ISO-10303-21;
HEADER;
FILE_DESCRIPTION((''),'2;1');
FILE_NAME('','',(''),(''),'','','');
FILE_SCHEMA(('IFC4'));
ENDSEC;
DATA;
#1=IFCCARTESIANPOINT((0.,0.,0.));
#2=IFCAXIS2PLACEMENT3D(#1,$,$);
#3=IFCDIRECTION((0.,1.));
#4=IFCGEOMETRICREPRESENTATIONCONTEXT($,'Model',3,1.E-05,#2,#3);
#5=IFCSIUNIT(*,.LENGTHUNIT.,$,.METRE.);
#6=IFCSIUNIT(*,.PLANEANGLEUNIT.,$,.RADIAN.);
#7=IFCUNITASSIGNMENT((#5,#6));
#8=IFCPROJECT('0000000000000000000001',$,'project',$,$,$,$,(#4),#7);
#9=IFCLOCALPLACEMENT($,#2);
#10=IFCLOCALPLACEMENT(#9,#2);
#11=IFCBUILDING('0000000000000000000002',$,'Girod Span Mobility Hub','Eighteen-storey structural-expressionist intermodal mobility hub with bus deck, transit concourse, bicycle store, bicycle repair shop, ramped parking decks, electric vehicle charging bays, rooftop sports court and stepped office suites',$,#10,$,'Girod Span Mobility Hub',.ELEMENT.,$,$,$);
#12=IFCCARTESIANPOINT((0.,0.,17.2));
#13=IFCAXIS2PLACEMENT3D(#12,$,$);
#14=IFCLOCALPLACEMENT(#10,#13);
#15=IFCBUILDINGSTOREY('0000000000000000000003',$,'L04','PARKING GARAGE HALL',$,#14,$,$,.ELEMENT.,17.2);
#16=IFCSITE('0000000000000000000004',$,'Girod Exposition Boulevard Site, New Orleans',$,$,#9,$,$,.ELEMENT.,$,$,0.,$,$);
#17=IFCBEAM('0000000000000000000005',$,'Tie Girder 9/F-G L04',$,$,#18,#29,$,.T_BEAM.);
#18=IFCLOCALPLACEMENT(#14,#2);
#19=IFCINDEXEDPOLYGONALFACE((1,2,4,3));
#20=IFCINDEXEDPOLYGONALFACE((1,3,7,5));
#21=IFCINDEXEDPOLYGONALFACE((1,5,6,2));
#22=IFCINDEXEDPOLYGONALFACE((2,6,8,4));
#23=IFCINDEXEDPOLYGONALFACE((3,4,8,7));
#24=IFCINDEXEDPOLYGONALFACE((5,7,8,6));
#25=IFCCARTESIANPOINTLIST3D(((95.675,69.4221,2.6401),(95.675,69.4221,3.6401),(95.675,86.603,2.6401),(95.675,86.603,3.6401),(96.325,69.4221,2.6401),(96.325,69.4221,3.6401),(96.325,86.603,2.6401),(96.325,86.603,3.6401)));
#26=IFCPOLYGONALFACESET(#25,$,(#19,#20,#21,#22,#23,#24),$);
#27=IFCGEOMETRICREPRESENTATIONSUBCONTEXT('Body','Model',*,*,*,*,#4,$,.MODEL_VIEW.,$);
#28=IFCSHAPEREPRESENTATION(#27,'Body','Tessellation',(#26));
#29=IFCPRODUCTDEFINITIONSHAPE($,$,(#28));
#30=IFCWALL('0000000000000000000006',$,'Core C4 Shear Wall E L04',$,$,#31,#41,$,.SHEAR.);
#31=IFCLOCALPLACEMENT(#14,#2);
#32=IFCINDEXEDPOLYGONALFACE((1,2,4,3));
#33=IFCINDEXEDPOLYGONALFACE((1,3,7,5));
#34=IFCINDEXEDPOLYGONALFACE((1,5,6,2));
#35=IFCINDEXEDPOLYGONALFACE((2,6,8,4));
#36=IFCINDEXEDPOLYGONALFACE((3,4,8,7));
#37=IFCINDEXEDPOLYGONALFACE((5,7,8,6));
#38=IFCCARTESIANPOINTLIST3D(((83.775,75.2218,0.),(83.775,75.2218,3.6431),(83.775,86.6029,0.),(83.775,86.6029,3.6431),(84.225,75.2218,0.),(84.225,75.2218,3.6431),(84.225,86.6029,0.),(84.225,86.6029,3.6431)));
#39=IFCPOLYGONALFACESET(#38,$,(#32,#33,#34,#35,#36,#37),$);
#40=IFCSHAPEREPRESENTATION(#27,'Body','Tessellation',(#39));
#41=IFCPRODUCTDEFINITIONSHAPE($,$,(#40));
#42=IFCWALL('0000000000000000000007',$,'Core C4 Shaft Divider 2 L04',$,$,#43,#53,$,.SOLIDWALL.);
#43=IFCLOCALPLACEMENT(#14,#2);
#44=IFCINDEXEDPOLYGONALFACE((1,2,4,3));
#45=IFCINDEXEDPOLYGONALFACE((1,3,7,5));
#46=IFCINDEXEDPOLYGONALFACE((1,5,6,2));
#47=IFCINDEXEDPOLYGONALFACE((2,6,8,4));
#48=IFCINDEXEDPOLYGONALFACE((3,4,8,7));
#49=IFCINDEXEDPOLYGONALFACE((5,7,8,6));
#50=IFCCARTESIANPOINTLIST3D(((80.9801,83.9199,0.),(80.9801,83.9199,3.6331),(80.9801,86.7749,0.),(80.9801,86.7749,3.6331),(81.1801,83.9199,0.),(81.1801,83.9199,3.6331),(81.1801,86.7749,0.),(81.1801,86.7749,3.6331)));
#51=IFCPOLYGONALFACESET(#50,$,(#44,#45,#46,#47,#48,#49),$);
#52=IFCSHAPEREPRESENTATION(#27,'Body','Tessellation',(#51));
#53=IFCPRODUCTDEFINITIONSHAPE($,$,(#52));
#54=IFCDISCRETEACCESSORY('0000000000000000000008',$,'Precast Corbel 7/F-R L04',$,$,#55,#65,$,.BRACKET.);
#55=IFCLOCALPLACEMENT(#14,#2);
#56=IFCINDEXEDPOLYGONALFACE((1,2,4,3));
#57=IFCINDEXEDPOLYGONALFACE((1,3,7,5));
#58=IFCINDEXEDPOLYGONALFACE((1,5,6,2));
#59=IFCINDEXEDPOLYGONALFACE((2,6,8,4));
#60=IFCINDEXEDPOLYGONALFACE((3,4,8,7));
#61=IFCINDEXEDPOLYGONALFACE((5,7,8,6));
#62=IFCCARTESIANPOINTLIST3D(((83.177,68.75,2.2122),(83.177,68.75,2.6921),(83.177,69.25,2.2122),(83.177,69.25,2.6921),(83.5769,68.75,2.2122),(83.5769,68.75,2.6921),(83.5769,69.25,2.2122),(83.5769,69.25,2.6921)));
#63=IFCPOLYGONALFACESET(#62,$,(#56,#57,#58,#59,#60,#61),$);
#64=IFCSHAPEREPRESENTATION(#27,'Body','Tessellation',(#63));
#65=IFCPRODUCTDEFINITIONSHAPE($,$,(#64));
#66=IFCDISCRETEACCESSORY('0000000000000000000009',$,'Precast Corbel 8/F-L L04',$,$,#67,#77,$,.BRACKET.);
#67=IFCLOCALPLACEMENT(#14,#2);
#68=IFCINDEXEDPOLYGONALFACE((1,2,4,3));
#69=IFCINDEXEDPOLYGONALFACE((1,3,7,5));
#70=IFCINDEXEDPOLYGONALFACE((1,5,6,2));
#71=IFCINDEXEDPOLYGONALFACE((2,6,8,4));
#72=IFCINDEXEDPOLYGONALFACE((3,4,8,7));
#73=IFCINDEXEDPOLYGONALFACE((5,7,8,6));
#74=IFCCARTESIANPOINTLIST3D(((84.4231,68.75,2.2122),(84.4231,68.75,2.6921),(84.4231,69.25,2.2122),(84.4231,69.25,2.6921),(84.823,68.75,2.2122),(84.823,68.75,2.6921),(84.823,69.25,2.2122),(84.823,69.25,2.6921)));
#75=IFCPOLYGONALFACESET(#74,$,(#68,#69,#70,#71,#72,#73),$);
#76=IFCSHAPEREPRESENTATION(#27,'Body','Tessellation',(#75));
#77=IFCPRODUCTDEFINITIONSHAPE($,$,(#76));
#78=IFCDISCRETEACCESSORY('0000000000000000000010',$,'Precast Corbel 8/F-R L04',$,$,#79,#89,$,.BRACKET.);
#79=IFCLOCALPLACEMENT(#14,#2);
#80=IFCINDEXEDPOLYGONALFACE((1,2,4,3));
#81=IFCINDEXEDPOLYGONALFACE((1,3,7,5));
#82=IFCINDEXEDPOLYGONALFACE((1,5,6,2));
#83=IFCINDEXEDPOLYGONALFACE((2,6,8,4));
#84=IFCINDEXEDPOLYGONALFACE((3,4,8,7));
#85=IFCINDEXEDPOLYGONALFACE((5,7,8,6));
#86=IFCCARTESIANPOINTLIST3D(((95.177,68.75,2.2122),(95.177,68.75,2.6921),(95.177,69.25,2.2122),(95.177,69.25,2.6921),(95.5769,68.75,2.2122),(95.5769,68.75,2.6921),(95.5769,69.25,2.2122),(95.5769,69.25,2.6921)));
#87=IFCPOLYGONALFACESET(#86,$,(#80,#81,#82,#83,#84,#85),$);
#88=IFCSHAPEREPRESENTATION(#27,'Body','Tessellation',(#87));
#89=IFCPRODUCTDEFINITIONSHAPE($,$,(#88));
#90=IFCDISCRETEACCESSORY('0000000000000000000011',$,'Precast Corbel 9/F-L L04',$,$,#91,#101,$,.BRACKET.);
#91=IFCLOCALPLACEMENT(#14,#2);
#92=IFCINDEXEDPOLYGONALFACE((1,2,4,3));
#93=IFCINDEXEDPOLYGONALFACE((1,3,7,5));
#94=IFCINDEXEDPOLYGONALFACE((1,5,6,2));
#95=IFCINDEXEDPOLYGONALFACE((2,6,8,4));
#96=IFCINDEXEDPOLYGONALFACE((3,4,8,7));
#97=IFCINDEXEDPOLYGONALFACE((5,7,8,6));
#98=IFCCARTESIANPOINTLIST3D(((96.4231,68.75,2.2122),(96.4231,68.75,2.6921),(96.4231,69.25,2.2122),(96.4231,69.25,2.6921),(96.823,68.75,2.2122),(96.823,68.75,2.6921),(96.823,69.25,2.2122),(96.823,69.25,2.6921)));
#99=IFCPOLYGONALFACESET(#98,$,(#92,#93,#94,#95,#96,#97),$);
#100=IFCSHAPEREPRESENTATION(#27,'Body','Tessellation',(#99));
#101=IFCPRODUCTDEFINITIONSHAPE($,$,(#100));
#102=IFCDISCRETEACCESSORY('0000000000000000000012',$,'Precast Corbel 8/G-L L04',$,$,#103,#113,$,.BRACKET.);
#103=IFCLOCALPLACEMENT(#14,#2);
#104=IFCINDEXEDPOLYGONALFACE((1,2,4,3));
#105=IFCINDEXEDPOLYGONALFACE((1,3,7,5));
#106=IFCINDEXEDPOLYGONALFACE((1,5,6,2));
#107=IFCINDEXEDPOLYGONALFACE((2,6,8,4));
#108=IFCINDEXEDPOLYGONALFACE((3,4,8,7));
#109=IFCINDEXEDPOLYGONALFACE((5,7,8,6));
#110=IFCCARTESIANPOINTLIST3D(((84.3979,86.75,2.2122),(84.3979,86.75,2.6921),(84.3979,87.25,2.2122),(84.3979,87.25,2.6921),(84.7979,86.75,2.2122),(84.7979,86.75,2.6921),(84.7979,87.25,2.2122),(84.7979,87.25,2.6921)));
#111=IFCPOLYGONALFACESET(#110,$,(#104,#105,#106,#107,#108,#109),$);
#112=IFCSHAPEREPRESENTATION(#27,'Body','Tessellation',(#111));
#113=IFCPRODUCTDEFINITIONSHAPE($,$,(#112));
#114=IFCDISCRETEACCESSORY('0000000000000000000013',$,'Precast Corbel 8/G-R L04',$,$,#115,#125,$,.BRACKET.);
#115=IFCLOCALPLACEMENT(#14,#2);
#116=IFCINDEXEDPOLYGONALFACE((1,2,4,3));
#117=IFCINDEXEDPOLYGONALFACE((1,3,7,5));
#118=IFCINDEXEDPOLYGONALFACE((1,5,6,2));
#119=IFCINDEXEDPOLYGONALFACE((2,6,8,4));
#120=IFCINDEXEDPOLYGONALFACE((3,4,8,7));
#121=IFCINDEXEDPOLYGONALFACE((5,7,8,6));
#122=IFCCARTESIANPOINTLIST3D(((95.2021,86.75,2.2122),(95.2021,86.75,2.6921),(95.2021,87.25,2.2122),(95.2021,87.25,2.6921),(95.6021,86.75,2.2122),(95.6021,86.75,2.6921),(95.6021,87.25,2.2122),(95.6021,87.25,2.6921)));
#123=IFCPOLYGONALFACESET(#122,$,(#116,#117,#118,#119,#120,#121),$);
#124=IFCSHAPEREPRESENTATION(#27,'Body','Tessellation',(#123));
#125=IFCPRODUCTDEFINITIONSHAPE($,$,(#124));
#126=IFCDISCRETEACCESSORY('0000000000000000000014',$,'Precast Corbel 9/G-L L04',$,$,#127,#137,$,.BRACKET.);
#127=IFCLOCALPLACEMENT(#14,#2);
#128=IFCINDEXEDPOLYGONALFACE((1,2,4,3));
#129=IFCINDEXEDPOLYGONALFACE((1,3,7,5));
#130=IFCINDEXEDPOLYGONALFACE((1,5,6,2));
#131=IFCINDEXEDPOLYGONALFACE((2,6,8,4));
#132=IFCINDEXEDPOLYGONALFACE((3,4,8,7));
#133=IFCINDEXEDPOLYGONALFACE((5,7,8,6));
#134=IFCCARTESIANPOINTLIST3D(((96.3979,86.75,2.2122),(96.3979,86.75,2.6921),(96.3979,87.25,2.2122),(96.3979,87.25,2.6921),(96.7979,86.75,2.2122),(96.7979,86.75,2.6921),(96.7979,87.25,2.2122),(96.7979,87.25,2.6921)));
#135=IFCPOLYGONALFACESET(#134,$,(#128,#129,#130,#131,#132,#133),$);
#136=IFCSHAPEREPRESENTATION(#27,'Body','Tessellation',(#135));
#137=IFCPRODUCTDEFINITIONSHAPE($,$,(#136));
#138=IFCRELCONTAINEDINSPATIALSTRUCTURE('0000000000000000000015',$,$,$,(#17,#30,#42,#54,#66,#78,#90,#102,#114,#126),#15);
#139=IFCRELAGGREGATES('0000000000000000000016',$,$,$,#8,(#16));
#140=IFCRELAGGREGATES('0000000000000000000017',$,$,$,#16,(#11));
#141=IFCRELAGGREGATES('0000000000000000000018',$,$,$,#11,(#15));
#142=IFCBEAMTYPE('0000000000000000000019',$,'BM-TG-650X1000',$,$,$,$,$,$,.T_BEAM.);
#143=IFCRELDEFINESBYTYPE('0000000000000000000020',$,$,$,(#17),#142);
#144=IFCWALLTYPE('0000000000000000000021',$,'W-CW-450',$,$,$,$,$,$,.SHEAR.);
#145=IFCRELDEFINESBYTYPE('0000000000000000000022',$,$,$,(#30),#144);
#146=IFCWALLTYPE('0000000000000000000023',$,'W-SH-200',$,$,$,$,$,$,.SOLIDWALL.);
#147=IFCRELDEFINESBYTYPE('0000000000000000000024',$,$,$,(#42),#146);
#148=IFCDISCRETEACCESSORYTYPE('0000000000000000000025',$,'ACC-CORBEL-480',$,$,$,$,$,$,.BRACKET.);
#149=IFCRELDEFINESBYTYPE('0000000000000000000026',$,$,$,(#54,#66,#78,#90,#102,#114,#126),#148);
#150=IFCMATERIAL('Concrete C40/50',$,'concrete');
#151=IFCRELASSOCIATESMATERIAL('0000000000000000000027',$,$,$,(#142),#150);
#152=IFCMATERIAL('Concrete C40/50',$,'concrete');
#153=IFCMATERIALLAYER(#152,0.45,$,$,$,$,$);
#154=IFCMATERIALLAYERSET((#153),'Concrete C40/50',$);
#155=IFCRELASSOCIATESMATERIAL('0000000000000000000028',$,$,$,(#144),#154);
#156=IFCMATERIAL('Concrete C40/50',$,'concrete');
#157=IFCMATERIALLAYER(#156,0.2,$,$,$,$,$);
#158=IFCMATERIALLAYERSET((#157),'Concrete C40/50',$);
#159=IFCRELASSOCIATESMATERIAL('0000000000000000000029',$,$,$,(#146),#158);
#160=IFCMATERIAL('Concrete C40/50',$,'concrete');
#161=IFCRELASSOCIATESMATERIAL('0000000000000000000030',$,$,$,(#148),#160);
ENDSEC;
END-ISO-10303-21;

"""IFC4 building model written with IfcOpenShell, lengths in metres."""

from ifc_helpers import new_model, si_unit, direction, frame, frame_2d, origin, origin_2d, place, context, subcontext, project, spatial, rectangle, extrude, material, layer, layer_set, material_profile, profile_set, type_object, element, save


model = new_model("IFC4")

# Units and contexts
model_context = context("Model", 3, precision=1e-05, world=origin(), true_north=direction((0.0, 1.0)))
body_context = subcontext(model_context, "Body", "Model", "MODEL_VIEW")
ifc_project = project(units=[si_unit("LENGTHUNIT", "METRE"), si_unit("PLANEANGLEUNIT", "RADIAN")], contexts=[model_context])

# Site, building, storey
site_placement = place(None, origin())
site = spatial("IfcSite", under=ifc_project, at=site_placement, Name="Girod Exposition Boulevard Site, New Orleans", CompositionType="ELEMENT", RefElevation=0.0)
building_placement = place(site_placement, origin())
building = spatial("IfcBuilding", under=site, at=building_placement, Name="Girod Span Mobility Hub", Description="Eighteen-storey structural-expressionist intermodal mobility hub with bus deck, transit concourse, bicycle store, bicycle repair shop, ramped parking decks, electric vehicle charging bays, rooftop sports court and stepped office suites", LongName="Girod Span Mobility Hub", CompositionType="ELEMENT")
storey_placement = place(building_placement, frame((0.0, 0.0, 17.2)))
storey = spatial("IfcBuildingStorey", under=building, at=storey_placement, Name="L04", Description="PARKING GARAGE HALL", CompositionType="ELEMENT", Elevation=17.2)

# Beam
ifc_material_1 = material(Name="Concrete C40/50", Category="concrete")
ifc_material_profile_1 = material_profile(ifc_material_1, rectangle(XDim=0.6499, YDim=1.0, at=origin_2d()), Name="TG-650X1000")
ifc_profile_set_1 = profile_set([ifc_material_profile_1], Name="Concrete C40/50")
beam_type_1 = type_object("IfcBeamType", Name="BM-TG-650X1000", PredefinedType="T_BEAM", material=ifc_profile_set_1)
beam_placement = place(storey_placement, frame((96.0, 69.4221, 3.1401), z_axis=(0.0, 1.0, 0.0), x_axis=(-1.0, 0.0, 0.0)))
element("IfcBeam", 1, at=beam_placement, inside=storey, type_object=beam_type_1, Name="Tie Girder 9/F-G L04", PredefinedType="T_BEAM", context=body_context, shape_type="SweptSolid", body=[
    extrude(rectangle(XDim=0.6499, YDim=1.0, at=origin_2d()), origin(), (0.0, 0.0, 1.0), 17.1809),
])

# Walls
ifc_material_2 = material(Name="Concrete C40/50", Category="concrete")
ifc_layer_1 = layer(ifc_material_2, 0.45)
ifc_layer_set_1 = layer_set([ifc_layer_1], Name="Concrete C40/50")
wall_type_1 = type_object("IfcWallType", Name="W-CW-450", PredefinedType="SHEAR", material=ifc_layer_set_1)
wall_1_placement = place(storey_placement, frame((84.0, 75.2219, 0.0), z_axis=(0.0, 0.0, 1.0), x_axis=(0.0, 1.0, 0.0)))
element("IfcWall", 2, at=wall_1_placement, inside=storey, type_object=wall_type_1, Name="Core C4 Shear Wall E L04", PredefinedType="SHEAR", context=body_context, shape_type="SweptSolid", body=[
    extrude(rectangle(XDim=11.3811, YDim=0.45, at=frame_2d((5.6904, 0.0))), origin(), (0.0, 0.0, 1.0), 3.6431),
])
ifc_material_3 = material(Name="Concrete C40/50", Category="concrete")
ifc_layer_2 = layer(ifc_material_3, 0.2)
ifc_layer_set_2 = layer_set([ifc_layer_2], Name="Concrete C40/50")
wall_type_2 = type_object("IfcWallType", Name="W-SH-200", PredefinedType="SOLIDWALL", material=ifc_layer_set_2)
wall_2_placement = place(storey_placement, frame((81.0801, 83.9199, 0.0), z_axis=(0.0, 0.0, 1.0), x_axis=(0.0, 1.0, 0.0)))
element("IfcWall", 3, at=wall_2_placement, inside=storey, type_object=wall_type_2, Name="Core C4 Shaft Divider 2 L04", PredefinedType="SOLIDWALL", context=body_context, shape_type="SweptSolid", body=[
    extrude(rectangle(XDim=2.855, YDim=0.2, at=frame_2d((1.4275, 0.0))), origin(), (0.0, 0.0, 1.0), 3.6331),
])

# Discrete accessories
ifc_material_4 = material(Name="Concrete C40/50", Category="concrete")
discrete_accessory_type = type_object("IfcDiscreteAccessoryType", Name="ACC-CORBEL-480", PredefinedType="BRACKET", material=ifc_material_4)
for number, where, z_axis, x_axis, name in (
    (4, (83.377, 69.0, 2.2122), (0.0, 0.0, 1.0), (1.0, 0.0, 0.0), "Precast Corbel 7/F-R L04"),
    (5, (84.623, 69.0, 2.2122), (0.0, 0.0, 1.0), (1.0, 0.0, 0.0), "Precast Corbel 8/F-L L04"),
    (6, (95.377, 69.0, 2.2122), (0.0, 0.0, 1.0), (1.0, 0.0, 0.0), "Precast Corbel 8/F-R L04"),
    (7, (96.623, 69.0, 2.2122), (0.0, 0.0, 1.0), (1.0, 0.0, 0.0), "Precast Corbel 9/F-L L04"),
    (8, (84.5979, 87.0, 2.2122), (0.0, 0.0, 1.0), (1.0, 0.0, 0.0), "Precast Corbel 8/G-L L04"),
    (9, (95.4021, 87.0, 2.2122), (0.0, 0.0, 1.0), (1.0, 0.0, 0.0), "Precast Corbel 8/G-R L04"),
    (10, (96.5979, 87.0, 2.2122), (0.0, 0.0, 1.0), (1.0, 0.0, 0.0), "Precast Corbel 9/G-L L04"),
):
    element("IfcDiscreteAccessory", number, at=place(storey_placement, frame(where, z_axis=z_axis, x_axis=x_axis)), inside=storey, type_object=discrete_accessory_type, Name=name, PredefinedType="BRACKET", context=body_context, shape_type="SweptSolid", body=[
        extrude(rectangle(XDim=0.3999, YDim=0.5, at=origin_2d()), origin(), (0.0, 0.0, 1.0), 0.48),
    ])

save(model, "model.ifc")
